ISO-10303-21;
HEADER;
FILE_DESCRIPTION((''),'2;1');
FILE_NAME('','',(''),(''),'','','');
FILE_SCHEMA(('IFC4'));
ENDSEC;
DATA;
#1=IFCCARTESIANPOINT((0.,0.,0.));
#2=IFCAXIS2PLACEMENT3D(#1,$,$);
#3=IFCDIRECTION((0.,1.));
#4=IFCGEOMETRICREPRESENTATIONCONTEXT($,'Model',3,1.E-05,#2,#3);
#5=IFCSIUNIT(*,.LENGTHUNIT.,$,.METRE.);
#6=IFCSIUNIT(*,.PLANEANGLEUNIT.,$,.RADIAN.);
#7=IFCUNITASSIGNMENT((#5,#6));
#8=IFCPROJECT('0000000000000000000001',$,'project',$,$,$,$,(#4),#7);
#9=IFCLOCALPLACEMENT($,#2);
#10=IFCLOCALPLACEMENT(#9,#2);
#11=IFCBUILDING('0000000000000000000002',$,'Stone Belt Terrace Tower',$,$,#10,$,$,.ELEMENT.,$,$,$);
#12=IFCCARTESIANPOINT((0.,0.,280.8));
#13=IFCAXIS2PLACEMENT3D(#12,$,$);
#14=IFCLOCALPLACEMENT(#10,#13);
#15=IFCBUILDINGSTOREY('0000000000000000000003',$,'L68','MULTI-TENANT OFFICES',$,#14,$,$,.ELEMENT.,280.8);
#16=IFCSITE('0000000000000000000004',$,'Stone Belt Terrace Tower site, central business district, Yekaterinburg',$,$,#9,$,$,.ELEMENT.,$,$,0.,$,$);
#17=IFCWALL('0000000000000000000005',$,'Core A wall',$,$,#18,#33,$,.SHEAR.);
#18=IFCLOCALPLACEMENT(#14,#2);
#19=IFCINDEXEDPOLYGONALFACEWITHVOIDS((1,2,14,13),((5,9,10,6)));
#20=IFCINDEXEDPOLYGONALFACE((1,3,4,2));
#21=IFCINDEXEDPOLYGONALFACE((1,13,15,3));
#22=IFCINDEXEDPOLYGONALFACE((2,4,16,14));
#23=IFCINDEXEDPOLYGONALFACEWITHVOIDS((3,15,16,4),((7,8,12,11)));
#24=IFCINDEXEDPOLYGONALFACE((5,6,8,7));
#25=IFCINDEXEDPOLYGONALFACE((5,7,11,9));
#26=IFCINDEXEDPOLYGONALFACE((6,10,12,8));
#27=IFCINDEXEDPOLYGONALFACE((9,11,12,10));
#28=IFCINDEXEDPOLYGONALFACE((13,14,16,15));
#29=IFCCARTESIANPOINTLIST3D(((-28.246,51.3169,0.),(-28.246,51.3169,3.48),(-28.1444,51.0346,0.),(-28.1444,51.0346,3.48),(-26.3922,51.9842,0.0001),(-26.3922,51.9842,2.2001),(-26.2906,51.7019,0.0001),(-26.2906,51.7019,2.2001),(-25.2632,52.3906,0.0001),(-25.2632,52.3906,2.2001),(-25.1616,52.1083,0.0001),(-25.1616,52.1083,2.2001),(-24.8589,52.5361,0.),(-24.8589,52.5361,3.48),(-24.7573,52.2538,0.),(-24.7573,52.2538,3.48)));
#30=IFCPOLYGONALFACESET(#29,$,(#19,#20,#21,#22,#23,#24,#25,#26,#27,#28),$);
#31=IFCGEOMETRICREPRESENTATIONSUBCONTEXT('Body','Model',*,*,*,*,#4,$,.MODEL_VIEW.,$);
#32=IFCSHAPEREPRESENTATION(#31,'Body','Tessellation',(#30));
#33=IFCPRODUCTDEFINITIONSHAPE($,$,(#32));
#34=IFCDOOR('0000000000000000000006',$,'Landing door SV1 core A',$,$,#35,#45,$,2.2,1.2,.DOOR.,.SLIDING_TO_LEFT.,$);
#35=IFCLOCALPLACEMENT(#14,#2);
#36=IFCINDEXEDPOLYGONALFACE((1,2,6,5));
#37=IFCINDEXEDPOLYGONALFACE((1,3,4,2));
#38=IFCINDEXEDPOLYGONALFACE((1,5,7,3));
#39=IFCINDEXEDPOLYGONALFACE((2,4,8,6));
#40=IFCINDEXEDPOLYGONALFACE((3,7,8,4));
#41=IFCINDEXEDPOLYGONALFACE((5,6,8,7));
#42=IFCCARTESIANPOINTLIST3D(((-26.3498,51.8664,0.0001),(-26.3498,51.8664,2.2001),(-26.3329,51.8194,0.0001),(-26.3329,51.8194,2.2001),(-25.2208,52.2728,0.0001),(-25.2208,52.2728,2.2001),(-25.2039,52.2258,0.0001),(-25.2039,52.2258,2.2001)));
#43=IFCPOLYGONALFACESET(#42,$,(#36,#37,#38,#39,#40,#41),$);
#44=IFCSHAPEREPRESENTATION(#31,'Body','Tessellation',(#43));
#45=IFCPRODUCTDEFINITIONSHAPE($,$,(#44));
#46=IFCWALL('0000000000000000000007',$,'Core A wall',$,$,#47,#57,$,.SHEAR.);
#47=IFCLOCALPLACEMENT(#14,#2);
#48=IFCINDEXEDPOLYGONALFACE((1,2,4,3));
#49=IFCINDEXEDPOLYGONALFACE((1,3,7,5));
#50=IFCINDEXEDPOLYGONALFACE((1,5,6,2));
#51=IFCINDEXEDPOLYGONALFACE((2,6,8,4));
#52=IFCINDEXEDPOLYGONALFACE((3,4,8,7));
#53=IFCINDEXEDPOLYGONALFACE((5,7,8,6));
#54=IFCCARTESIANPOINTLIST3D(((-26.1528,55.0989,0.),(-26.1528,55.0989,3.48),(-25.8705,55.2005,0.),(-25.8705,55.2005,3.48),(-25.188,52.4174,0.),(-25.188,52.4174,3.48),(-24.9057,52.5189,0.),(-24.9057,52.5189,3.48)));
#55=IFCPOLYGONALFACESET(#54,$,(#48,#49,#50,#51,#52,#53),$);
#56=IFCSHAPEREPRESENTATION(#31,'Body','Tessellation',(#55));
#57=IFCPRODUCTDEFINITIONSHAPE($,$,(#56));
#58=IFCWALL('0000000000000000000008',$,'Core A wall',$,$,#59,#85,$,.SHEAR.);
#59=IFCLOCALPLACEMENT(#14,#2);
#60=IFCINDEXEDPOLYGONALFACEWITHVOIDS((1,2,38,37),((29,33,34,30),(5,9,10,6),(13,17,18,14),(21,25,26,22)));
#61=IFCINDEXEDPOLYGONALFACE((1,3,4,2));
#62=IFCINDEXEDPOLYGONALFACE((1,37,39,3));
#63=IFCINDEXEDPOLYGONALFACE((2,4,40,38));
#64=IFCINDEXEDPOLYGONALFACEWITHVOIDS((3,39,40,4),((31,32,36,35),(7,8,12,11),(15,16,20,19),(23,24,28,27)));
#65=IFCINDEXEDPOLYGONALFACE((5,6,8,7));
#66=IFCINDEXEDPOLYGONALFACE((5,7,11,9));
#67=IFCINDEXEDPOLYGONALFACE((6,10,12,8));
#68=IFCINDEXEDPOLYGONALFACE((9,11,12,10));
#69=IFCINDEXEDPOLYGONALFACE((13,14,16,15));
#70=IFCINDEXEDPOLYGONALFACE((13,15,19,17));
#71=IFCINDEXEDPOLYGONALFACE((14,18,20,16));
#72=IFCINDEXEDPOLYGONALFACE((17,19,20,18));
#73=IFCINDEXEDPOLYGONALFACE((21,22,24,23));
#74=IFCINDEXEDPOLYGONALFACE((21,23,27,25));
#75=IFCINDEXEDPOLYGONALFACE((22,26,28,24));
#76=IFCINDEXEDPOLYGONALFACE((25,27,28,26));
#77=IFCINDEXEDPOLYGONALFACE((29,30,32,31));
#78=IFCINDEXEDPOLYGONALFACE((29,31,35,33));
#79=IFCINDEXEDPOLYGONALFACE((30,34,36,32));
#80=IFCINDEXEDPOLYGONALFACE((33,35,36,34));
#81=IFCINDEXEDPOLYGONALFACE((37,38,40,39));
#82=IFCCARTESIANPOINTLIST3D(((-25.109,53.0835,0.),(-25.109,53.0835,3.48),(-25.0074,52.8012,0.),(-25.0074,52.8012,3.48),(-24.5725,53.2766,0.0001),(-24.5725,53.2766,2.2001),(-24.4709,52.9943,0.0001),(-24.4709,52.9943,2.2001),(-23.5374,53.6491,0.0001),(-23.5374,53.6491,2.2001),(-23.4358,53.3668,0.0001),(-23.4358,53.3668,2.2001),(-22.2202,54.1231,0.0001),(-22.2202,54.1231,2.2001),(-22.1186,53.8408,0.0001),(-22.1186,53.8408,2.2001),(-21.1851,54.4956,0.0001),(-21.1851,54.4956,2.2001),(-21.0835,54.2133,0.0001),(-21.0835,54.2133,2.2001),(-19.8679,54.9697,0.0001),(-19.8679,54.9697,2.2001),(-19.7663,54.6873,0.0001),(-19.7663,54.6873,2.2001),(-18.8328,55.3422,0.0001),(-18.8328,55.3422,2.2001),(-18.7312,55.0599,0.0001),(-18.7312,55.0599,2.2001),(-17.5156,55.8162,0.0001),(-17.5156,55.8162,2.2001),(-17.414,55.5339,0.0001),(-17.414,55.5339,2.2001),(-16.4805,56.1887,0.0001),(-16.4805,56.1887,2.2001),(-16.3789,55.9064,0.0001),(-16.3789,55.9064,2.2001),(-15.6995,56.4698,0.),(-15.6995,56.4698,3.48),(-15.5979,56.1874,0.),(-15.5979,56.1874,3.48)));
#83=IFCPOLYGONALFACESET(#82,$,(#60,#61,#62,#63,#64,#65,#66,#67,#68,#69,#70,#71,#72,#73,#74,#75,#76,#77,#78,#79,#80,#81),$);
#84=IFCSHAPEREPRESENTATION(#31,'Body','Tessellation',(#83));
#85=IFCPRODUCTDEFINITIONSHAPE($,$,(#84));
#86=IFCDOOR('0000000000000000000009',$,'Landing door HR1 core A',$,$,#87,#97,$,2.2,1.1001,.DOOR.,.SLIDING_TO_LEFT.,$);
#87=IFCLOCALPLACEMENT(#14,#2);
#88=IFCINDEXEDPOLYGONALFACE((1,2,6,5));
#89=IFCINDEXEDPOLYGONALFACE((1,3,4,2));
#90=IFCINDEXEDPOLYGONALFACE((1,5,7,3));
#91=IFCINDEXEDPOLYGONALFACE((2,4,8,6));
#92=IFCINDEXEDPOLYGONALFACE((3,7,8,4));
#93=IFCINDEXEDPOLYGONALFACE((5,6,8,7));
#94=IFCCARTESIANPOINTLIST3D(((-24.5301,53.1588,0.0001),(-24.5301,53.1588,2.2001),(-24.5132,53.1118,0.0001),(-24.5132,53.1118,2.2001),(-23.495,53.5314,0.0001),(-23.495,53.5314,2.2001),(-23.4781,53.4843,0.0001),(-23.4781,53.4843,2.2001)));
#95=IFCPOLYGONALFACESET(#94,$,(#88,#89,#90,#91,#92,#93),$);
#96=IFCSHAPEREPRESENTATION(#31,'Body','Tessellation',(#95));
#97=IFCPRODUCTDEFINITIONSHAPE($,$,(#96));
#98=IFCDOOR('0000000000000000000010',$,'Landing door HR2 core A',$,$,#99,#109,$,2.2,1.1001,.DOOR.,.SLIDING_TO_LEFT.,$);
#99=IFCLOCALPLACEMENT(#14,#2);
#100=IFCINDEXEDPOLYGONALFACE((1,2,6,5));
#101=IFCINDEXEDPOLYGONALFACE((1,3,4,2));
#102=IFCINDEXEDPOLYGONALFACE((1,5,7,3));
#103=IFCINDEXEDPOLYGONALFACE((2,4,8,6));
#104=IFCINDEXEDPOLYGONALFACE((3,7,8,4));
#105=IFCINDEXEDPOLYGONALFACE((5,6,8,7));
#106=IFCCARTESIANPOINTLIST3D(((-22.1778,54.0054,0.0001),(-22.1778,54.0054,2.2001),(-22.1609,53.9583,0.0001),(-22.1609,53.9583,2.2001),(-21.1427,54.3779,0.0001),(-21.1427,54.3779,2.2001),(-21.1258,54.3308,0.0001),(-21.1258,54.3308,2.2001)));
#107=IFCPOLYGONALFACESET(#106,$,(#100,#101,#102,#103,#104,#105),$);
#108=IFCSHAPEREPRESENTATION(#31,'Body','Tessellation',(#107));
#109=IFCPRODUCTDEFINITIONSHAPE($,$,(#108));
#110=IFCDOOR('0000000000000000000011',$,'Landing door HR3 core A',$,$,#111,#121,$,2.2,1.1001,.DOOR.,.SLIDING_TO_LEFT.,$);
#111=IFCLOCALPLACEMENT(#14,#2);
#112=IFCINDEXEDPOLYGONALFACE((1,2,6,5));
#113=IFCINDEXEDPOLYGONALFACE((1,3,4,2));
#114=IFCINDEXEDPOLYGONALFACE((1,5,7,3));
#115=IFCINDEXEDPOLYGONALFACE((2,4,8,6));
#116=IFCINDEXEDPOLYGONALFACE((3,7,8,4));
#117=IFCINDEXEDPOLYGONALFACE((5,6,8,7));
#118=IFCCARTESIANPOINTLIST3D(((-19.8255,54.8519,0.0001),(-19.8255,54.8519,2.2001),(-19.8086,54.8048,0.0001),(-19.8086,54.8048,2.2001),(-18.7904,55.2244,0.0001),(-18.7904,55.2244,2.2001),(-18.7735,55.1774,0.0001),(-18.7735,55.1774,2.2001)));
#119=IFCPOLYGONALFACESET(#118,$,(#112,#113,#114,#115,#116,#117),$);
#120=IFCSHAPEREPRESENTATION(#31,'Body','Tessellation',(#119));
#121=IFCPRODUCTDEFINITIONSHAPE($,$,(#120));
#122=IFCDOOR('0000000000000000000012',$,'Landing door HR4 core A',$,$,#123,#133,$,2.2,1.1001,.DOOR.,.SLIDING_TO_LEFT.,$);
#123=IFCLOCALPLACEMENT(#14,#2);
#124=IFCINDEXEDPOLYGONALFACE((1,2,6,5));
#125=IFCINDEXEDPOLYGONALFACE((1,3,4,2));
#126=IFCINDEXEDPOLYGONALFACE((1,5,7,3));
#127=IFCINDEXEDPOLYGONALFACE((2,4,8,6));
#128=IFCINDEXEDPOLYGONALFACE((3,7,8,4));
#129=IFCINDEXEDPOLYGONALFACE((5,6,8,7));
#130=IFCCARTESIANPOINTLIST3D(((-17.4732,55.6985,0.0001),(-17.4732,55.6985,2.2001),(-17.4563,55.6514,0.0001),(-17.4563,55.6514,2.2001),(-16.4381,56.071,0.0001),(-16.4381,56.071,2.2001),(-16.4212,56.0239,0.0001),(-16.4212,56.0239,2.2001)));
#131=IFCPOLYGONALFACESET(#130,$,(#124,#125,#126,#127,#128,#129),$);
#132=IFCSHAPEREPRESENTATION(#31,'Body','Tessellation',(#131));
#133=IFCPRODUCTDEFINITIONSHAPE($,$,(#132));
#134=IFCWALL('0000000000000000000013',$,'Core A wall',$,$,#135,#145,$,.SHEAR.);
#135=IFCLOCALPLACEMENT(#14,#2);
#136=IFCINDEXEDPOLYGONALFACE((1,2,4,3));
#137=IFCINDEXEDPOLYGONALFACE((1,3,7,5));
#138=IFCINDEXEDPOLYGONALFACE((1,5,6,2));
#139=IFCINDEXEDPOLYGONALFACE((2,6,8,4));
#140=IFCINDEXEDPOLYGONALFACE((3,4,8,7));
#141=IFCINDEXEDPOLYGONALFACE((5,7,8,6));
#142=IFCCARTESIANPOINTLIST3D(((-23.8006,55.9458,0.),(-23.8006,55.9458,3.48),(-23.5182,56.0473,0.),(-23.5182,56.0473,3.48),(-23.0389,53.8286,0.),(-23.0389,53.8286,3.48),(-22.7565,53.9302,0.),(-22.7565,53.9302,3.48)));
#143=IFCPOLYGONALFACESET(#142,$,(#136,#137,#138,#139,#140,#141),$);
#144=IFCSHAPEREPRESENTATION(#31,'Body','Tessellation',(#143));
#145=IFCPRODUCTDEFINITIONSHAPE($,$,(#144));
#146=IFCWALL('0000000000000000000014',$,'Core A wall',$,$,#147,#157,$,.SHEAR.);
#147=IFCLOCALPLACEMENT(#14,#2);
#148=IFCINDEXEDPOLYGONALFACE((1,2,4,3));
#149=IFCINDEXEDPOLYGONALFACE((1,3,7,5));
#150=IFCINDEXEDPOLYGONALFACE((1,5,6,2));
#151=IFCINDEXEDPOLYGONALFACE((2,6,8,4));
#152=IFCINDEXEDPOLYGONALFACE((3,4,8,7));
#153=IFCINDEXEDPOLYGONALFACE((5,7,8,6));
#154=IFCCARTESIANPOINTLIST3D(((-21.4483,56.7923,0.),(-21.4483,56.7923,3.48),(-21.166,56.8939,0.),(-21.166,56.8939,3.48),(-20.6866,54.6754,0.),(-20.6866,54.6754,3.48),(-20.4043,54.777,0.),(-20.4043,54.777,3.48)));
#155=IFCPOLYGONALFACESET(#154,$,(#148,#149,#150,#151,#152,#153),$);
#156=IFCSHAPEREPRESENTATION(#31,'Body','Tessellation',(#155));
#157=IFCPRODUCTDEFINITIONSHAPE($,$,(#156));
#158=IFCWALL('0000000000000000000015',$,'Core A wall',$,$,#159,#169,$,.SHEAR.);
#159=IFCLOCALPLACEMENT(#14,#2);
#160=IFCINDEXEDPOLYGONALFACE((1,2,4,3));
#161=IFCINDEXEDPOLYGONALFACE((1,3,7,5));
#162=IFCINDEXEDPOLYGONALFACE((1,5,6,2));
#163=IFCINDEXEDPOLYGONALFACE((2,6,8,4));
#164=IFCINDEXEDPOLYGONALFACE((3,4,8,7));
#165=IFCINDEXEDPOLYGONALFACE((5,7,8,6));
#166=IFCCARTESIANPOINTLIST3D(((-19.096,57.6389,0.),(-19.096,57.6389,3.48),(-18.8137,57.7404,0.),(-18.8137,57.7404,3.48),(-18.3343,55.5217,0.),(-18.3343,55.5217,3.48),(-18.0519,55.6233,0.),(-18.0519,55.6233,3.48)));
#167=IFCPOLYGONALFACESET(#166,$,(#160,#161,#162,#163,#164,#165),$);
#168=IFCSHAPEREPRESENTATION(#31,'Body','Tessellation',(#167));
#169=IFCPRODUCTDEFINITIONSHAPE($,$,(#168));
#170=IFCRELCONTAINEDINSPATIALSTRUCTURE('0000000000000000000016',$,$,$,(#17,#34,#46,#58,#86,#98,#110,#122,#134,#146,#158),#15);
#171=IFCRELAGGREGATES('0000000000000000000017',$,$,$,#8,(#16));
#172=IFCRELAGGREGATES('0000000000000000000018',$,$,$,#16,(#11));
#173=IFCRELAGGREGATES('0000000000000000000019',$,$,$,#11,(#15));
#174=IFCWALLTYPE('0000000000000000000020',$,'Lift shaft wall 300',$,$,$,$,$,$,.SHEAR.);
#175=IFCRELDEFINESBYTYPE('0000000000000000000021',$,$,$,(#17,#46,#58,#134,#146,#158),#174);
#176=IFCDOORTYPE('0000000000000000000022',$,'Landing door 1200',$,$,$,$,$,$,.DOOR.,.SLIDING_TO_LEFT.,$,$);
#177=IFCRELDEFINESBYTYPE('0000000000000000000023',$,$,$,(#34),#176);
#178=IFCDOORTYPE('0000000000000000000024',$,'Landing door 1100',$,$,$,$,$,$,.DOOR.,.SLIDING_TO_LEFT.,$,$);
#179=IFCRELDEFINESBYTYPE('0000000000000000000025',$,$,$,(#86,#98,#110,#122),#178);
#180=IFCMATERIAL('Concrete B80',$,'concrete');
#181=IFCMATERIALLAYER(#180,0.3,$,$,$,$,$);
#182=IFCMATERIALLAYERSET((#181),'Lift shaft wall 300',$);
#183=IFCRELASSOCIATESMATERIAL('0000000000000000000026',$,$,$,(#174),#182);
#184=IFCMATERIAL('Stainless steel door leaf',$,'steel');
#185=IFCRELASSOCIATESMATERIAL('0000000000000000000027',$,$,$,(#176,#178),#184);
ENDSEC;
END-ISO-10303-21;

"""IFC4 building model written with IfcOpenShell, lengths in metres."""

from ifc_helpers import new_model, si_unit, direction, frame, frame_2d, origin, place, context, subcontext, project, spatial, rectangle, extrude, material, layer, layer_set, type_object, element, fill, save


model = new_model("IFC4")

# Units and contexts
model_context = context("Model", 3, precision=1e-05, world=origin(), true_north=direction((0.0, 1.0)))
body_context = subcontext(model_context, "Body", "Model", "MODEL_VIEW")
ifc_project = project(units=[si_unit("LENGTHUNIT", "METRE"), si_unit("PLANEANGLEUNIT", "RADIAN")], contexts=[model_context])

# Site, building, storey
site_placement = place(None, origin())
site = spatial("IfcSite", under=ifc_project, at=site_placement, Name="Stone Belt Terrace Tower site, central business district, Yekaterinburg", CompositionType="ELEMENT", RefElevation=0.0)
building_placement = place(site_placement, origin())
building = spatial("IfcBuilding", under=site, at=building_placement, Name="Stone Belt Terrace Tower", CompositionType="ELEMENT")
storey_placement = place(building_placement, frame((0.0, 0.0, 280.8)))
storey = spatial("IfcBuildingStorey", under=building, at=storey_placement, Name="L68", Description="MULTI-TENANT OFFICES", CompositionType="ELEMENT", Elevation=280.8)

# Wall, opening, door
ifc_material_1 = material(Name="Concrete B80", Category="concrete")
ifc_layer_1 = layer(ifc_material_1, 0.3)
ifc_layer_set_1 = layer_set([ifc_layer_1], Name="Lift shaft wall 300")
wall_type_1 = type_object("IfcWallType", Name="Lift shaft wall 300", PredefinedType="SHEAR", material=ifc_layer_set_1)
wall_1_placement = place(storey_placement, frame((-28.1951, 51.1758, 0.0), z_axis=(0.0, 0.0, 1.0), x_axis=(0.940901, 0.338681, 0.0)))
wall_1 = element("IfcWall", 1, at=wall_1_placement, inside=storey, type_object=wall_type_1, Name="Core A wall", PredefinedType="SHEAR", context=body_context, shape_type="SweptSolid", body=[
    extrude(rectangle(XDim=3.5999, YDim=0.3, at=frame_2d((1.7998, 0.0))), origin(), (0.0, 0.0, 1.0), 3.48),
])
opening_1_placement = place(wall_1_placement, frame((1.97, 0.0, 0.0)))
opening_1 = element("IfcOpeningElement", 2, at=opening_1_placement, cuts=wall_1, PredefinedType="OPENING", context=body_context, shape_type="SweptSolid", body=[
    extrude(rectangle(XDim=1.2, YDim=2.2, at=frame_2d((0.6001, 1.1001))), frame((0.0, 0.1599, 0.0), z_axis=(0.0, -1.0, 0.0), x_axis=(1.0, 0.0, 0.0)), (0.0, 0.0, 1.0), 0.3201),
])
ifc_material_2 = material(Name="Stainless steel door leaf", Category="steel")
door_type_1 = type_object("IfcDoorType", Name="Landing door 1200", OperationType="SLIDING_TO_LEFT", PredefinedType="DOOR", material=ifc_material_2)
door_1_placement = place(opening_1_placement, origin())
door_1 = element("IfcDoor", 3, at=door_1_placement, inside=storey, type_object=door_type_1, Name="Landing door SV1 core A", OperationType="SLIDING_TO_LEFT", OverallHeight=2.2, OverallWidth=1.2, PredefinedType="DOOR", context=body_context, shape_type="SweptSolid", body=[
    extrude(rectangle(XDim=1.2, YDim=2.2, at=frame_2d((0.6001, 1.1001))), frame((0.0, 0.0249, 0.0), z_axis=(0.0, -1.0, 0.0), x_axis=(1.0, 0.0, 0.0)), (0.0, 0.0, 1.0), 0.05),
])
fill(opening_1, door_1)

# Wall
wall_2_placement = place(storey_placement, frame((-25.0469, 52.4683, 0.0), z_axis=(0.0, 0.0, 1.0), x_axis=(-0.33855, 0.940949, 0.0)))
element("IfcWall", 4, at=wall_2_placement, inside=storey, type_object=wall_type_1, Name="Core A wall", PredefinedType="SHEAR", context=body_context, shape_type="SweptSolid", body=[
    extrude(rectangle(XDim=2.8499, YDim=0.3, at=frame_2d((1.4248, 0.0))), origin(), (0.0, 0.0, 1.0), 3.48),
])

# Wall, openings, doors
wall_3_placement = place(storey_placement, frame((-25.0581, 52.9424, 0.0), z_axis=(0.0, 0.0, 1.0), x_axis=(0.940924, 0.338617, 0.0)))
wall_3 = element("IfcWall", 5, at=wall_3_placement, inside=storey, type_object=wall_type_1, Name="Core A wall", PredefinedType="SHEAR", context=body_context, shape_type="SweptSolid", body=[
    extrude(rectangle(XDim=10.0002, YDim=0.3, at=frame_2d((5.0, 0.0))), origin(), (0.0, 0.0, 1.0), 3.48),
])
opening_2_placement = place(wall_3_placement, frame((0.5701, 0.0, 0.0)))
opening_2 = element("IfcOpeningElement", 6, at=opening_2_placement, cuts=wall_3, PredefinedType="OPENING", context=body_context, shape_type="SweptSolid", body=[
    extrude(rectangle(XDim=1.1001, YDim=2.2, at=frame_2d((0.55, 1.1001))), frame((0.0, 0.1599, 0.0), z_axis=(0.0, -1.0, 0.0), x_axis=(1.0, 0.0, 0.0)), (0.0, 0.0, 1.0), 0.3201),
])
opening_3_placement = place(wall_3_placement, frame((3.0701, 0.0, 0.0)))
opening_3 = element("IfcOpeningElement", 7, at=opening_3_placement, cuts=wall_3, PredefinedType="OPENING", context=body_context, shape_type="SweptSolid", body=[
    extrude(rectangle(XDim=1.1001, YDim=2.2, at=frame_2d((0.55, 1.1001))), frame((0.0, 0.1599, 0.0), z_axis=(0.0, -1.0, 0.0), x_axis=(1.0, 0.0, 0.0)), (0.0, 0.0, 1.0), 0.3201),
])
opening_4_placement = place(wall_3_placement, frame((5.5701, 0.0, 0.0)))
opening_4 = element("IfcOpeningElement", 8, at=opening_4_placement, cuts=wall_3, PredefinedType="OPENING", context=body_context, shape_type="SweptSolid", body=[
    extrude(rectangle(XDim=1.1001, YDim=2.2, at=frame_2d((0.55, 1.1001))), frame((0.0, 0.1599, 0.0), z_axis=(0.0, -1.0, 0.0), x_axis=(1.0, 0.0, 0.0)), (0.0, 0.0, 1.0), 0.3201),
])
opening_5_placement = place(wall_3_placement, frame((8.0701, 0.0, 0.0)))
opening_5 = element("IfcOpeningElement", 9, at=opening_5_placement, cuts=wall_3, PredefinedType="OPENING", context=body_context, shape_type="SweptSolid", body=[
    extrude(rectangle(XDim=1.1001, YDim=2.2, at=frame_2d((0.55, 1.1001))), frame((0.0, 0.1599, 0.0), z_axis=(0.0, -1.0, 0.0), x_axis=(1.0, 0.0, 0.0)), (0.0, 0.0, 1.0), 0.3201),
])
door_type_2 = type_object("IfcDoorType", Name="Landing door 1100", OperationType="SLIDING_TO_LEFT", PredefinedType="DOOR", material=ifc_material_2)
door_2_placement = place(opening_2_placement, origin())
door_2 = element("IfcDoor", 10, at=door_2_placement, inside=storey, type_object=door_type_2, Name="Landing door HR1 core A", OperationType="SLIDING_TO_LEFT", OverallHeight=2.2, OverallWidth=1.1001, PredefinedType="DOOR", context=body_context, shape_type="SweptSolid", body=[
    extrude(rectangle(XDim=1.1001, YDim=2.2, at=frame_2d((0.55, 1.1001))), frame((0.0, 0.0249, 0.0), z_axis=(0.0, -1.0, 0.0), x_axis=(1.0, 0.0, 0.0)), (0.0, 0.0, 1.0), 0.05),
])
fill(opening_2, door_2)
door_3_placement = place(opening_3_placement, origin())
door_3 = element("IfcDoor", 11, at=door_3_placement, inside=storey, type_object=door_type_2, Name="Landing door HR2 core A", OperationType="SLIDING_TO_LEFT", OverallHeight=2.2, OverallWidth=1.1001, PredefinedType="DOOR", context=body_context, shape_type="SweptSolid", body=[
    extrude(rectangle(XDim=1.1001, YDim=2.2, at=frame_2d((0.55, 1.1001))), frame((0.0, 0.0249, 0.0), z_axis=(0.0, -1.0, 0.0), x_axis=(1.0, 0.0, 0.0)), (0.0, 0.0, 1.0), 0.05),
])
fill(opening_3, door_3)
door_4_placement = place(opening_4_placement, origin())
door_4 = element("IfcDoor", 12, at=door_4_placement, inside=storey, type_object=door_type_2, Name="Landing door HR3 core A", OperationType="SLIDING_TO_LEFT", OverallHeight=2.2, OverallWidth=1.1001, PredefinedType="DOOR", context=body_context, shape_type="SweptSolid", body=[
    extrude(rectangle(XDim=1.1001, YDim=2.2, at=frame_2d((0.55, 1.1001))), frame((0.0, 0.0249, 0.0), z_axis=(0.0, -1.0, 0.0), x_axis=(1.0, 0.0, 0.0)), (0.0, 0.0, 1.0), 0.05),
])
fill(opening_4, door_4)
door_5_placement = place(opening_5_placement, origin())
door_5 = element("IfcDoor", 13, at=door_5_placement, inside=storey, type_object=door_type_2, Name="Landing door HR4 core A", OperationType="SLIDING_TO_LEFT", OverallHeight=2.2, OverallWidth=1.1001, PredefinedType="DOOR", context=body_context, shape_type="SweptSolid", body=[
    extrude(rectangle(XDim=1.1001, YDim=2.2, at=frame_2d((0.55, 1.1001))), frame((0.0, 0.0249, 0.0), z_axis=(0.0, -1.0, 0.0), x_axis=(1.0, 0.0, 0.0)), (0.0, 0.0, 1.0), 0.05),
])
fill(opening_5, door_5)

# Walls
wall_4_placement = place(storey_placement, frame((-22.8977, 53.8794, 0.0), z_axis=(0.0, 0.0, 1.0), x_axis=(-0.338535, 0.940954, 0.0)))
element("IfcWall", 14, at=wall_4_placement, inside=storey, type_object=wall_type_1, Name="Core A wall", PredefinedType="SHEAR", context=body_context, shape_type="SweptSolid", body=[
    extrude(rectangle(XDim=2.25, YDim=0.3, at=frame_2d((1.125, 0.0))), origin(), (0.0, 0.0, 1.0), 3.48),
])
wall_5_placement = place(storey_placement, frame((-20.5454, 54.7261, 0.0), z_axis=(0.0, 0.0, 1.0), x_axis=(-0.33857, 0.940941, 0.0)))
element("IfcWall", 15, at=wall_5_placement, inside=storey, type_object=wall_type_1, Name="Core A wall", PredefinedType="SHEAR", context=body_context, shape_type="SweptSolid", body=[
    extrude(rectangle(XDim=2.2498, YDim=0.3, at=frame_2d((1.125, 0.0))), origin(), (0.0, 0.0, 1.0), 3.48),
])
wall_6_placement = place(storey_placement, frame((-18.1931, 55.5725, 0.0), z_axis=(0.0, 0.0, 1.0), x_axis=(-0.338535, 0.940954, 0.0)))
element("IfcWall", 16, at=wall_6_placement, inside=storey, type_object=wall_type_1, Name="Core A wall", PredefinedType="SHEAR", context=body_context, shape_type="SweptSolid", body=[
    extrude(rectangle(XDim=2.25, YDim=0.3, at=frame_2d((1.125, 0.0))), origin(), (0.0, 0.0, 1.0), 3.48),
])

save(model, "model.ifc")
